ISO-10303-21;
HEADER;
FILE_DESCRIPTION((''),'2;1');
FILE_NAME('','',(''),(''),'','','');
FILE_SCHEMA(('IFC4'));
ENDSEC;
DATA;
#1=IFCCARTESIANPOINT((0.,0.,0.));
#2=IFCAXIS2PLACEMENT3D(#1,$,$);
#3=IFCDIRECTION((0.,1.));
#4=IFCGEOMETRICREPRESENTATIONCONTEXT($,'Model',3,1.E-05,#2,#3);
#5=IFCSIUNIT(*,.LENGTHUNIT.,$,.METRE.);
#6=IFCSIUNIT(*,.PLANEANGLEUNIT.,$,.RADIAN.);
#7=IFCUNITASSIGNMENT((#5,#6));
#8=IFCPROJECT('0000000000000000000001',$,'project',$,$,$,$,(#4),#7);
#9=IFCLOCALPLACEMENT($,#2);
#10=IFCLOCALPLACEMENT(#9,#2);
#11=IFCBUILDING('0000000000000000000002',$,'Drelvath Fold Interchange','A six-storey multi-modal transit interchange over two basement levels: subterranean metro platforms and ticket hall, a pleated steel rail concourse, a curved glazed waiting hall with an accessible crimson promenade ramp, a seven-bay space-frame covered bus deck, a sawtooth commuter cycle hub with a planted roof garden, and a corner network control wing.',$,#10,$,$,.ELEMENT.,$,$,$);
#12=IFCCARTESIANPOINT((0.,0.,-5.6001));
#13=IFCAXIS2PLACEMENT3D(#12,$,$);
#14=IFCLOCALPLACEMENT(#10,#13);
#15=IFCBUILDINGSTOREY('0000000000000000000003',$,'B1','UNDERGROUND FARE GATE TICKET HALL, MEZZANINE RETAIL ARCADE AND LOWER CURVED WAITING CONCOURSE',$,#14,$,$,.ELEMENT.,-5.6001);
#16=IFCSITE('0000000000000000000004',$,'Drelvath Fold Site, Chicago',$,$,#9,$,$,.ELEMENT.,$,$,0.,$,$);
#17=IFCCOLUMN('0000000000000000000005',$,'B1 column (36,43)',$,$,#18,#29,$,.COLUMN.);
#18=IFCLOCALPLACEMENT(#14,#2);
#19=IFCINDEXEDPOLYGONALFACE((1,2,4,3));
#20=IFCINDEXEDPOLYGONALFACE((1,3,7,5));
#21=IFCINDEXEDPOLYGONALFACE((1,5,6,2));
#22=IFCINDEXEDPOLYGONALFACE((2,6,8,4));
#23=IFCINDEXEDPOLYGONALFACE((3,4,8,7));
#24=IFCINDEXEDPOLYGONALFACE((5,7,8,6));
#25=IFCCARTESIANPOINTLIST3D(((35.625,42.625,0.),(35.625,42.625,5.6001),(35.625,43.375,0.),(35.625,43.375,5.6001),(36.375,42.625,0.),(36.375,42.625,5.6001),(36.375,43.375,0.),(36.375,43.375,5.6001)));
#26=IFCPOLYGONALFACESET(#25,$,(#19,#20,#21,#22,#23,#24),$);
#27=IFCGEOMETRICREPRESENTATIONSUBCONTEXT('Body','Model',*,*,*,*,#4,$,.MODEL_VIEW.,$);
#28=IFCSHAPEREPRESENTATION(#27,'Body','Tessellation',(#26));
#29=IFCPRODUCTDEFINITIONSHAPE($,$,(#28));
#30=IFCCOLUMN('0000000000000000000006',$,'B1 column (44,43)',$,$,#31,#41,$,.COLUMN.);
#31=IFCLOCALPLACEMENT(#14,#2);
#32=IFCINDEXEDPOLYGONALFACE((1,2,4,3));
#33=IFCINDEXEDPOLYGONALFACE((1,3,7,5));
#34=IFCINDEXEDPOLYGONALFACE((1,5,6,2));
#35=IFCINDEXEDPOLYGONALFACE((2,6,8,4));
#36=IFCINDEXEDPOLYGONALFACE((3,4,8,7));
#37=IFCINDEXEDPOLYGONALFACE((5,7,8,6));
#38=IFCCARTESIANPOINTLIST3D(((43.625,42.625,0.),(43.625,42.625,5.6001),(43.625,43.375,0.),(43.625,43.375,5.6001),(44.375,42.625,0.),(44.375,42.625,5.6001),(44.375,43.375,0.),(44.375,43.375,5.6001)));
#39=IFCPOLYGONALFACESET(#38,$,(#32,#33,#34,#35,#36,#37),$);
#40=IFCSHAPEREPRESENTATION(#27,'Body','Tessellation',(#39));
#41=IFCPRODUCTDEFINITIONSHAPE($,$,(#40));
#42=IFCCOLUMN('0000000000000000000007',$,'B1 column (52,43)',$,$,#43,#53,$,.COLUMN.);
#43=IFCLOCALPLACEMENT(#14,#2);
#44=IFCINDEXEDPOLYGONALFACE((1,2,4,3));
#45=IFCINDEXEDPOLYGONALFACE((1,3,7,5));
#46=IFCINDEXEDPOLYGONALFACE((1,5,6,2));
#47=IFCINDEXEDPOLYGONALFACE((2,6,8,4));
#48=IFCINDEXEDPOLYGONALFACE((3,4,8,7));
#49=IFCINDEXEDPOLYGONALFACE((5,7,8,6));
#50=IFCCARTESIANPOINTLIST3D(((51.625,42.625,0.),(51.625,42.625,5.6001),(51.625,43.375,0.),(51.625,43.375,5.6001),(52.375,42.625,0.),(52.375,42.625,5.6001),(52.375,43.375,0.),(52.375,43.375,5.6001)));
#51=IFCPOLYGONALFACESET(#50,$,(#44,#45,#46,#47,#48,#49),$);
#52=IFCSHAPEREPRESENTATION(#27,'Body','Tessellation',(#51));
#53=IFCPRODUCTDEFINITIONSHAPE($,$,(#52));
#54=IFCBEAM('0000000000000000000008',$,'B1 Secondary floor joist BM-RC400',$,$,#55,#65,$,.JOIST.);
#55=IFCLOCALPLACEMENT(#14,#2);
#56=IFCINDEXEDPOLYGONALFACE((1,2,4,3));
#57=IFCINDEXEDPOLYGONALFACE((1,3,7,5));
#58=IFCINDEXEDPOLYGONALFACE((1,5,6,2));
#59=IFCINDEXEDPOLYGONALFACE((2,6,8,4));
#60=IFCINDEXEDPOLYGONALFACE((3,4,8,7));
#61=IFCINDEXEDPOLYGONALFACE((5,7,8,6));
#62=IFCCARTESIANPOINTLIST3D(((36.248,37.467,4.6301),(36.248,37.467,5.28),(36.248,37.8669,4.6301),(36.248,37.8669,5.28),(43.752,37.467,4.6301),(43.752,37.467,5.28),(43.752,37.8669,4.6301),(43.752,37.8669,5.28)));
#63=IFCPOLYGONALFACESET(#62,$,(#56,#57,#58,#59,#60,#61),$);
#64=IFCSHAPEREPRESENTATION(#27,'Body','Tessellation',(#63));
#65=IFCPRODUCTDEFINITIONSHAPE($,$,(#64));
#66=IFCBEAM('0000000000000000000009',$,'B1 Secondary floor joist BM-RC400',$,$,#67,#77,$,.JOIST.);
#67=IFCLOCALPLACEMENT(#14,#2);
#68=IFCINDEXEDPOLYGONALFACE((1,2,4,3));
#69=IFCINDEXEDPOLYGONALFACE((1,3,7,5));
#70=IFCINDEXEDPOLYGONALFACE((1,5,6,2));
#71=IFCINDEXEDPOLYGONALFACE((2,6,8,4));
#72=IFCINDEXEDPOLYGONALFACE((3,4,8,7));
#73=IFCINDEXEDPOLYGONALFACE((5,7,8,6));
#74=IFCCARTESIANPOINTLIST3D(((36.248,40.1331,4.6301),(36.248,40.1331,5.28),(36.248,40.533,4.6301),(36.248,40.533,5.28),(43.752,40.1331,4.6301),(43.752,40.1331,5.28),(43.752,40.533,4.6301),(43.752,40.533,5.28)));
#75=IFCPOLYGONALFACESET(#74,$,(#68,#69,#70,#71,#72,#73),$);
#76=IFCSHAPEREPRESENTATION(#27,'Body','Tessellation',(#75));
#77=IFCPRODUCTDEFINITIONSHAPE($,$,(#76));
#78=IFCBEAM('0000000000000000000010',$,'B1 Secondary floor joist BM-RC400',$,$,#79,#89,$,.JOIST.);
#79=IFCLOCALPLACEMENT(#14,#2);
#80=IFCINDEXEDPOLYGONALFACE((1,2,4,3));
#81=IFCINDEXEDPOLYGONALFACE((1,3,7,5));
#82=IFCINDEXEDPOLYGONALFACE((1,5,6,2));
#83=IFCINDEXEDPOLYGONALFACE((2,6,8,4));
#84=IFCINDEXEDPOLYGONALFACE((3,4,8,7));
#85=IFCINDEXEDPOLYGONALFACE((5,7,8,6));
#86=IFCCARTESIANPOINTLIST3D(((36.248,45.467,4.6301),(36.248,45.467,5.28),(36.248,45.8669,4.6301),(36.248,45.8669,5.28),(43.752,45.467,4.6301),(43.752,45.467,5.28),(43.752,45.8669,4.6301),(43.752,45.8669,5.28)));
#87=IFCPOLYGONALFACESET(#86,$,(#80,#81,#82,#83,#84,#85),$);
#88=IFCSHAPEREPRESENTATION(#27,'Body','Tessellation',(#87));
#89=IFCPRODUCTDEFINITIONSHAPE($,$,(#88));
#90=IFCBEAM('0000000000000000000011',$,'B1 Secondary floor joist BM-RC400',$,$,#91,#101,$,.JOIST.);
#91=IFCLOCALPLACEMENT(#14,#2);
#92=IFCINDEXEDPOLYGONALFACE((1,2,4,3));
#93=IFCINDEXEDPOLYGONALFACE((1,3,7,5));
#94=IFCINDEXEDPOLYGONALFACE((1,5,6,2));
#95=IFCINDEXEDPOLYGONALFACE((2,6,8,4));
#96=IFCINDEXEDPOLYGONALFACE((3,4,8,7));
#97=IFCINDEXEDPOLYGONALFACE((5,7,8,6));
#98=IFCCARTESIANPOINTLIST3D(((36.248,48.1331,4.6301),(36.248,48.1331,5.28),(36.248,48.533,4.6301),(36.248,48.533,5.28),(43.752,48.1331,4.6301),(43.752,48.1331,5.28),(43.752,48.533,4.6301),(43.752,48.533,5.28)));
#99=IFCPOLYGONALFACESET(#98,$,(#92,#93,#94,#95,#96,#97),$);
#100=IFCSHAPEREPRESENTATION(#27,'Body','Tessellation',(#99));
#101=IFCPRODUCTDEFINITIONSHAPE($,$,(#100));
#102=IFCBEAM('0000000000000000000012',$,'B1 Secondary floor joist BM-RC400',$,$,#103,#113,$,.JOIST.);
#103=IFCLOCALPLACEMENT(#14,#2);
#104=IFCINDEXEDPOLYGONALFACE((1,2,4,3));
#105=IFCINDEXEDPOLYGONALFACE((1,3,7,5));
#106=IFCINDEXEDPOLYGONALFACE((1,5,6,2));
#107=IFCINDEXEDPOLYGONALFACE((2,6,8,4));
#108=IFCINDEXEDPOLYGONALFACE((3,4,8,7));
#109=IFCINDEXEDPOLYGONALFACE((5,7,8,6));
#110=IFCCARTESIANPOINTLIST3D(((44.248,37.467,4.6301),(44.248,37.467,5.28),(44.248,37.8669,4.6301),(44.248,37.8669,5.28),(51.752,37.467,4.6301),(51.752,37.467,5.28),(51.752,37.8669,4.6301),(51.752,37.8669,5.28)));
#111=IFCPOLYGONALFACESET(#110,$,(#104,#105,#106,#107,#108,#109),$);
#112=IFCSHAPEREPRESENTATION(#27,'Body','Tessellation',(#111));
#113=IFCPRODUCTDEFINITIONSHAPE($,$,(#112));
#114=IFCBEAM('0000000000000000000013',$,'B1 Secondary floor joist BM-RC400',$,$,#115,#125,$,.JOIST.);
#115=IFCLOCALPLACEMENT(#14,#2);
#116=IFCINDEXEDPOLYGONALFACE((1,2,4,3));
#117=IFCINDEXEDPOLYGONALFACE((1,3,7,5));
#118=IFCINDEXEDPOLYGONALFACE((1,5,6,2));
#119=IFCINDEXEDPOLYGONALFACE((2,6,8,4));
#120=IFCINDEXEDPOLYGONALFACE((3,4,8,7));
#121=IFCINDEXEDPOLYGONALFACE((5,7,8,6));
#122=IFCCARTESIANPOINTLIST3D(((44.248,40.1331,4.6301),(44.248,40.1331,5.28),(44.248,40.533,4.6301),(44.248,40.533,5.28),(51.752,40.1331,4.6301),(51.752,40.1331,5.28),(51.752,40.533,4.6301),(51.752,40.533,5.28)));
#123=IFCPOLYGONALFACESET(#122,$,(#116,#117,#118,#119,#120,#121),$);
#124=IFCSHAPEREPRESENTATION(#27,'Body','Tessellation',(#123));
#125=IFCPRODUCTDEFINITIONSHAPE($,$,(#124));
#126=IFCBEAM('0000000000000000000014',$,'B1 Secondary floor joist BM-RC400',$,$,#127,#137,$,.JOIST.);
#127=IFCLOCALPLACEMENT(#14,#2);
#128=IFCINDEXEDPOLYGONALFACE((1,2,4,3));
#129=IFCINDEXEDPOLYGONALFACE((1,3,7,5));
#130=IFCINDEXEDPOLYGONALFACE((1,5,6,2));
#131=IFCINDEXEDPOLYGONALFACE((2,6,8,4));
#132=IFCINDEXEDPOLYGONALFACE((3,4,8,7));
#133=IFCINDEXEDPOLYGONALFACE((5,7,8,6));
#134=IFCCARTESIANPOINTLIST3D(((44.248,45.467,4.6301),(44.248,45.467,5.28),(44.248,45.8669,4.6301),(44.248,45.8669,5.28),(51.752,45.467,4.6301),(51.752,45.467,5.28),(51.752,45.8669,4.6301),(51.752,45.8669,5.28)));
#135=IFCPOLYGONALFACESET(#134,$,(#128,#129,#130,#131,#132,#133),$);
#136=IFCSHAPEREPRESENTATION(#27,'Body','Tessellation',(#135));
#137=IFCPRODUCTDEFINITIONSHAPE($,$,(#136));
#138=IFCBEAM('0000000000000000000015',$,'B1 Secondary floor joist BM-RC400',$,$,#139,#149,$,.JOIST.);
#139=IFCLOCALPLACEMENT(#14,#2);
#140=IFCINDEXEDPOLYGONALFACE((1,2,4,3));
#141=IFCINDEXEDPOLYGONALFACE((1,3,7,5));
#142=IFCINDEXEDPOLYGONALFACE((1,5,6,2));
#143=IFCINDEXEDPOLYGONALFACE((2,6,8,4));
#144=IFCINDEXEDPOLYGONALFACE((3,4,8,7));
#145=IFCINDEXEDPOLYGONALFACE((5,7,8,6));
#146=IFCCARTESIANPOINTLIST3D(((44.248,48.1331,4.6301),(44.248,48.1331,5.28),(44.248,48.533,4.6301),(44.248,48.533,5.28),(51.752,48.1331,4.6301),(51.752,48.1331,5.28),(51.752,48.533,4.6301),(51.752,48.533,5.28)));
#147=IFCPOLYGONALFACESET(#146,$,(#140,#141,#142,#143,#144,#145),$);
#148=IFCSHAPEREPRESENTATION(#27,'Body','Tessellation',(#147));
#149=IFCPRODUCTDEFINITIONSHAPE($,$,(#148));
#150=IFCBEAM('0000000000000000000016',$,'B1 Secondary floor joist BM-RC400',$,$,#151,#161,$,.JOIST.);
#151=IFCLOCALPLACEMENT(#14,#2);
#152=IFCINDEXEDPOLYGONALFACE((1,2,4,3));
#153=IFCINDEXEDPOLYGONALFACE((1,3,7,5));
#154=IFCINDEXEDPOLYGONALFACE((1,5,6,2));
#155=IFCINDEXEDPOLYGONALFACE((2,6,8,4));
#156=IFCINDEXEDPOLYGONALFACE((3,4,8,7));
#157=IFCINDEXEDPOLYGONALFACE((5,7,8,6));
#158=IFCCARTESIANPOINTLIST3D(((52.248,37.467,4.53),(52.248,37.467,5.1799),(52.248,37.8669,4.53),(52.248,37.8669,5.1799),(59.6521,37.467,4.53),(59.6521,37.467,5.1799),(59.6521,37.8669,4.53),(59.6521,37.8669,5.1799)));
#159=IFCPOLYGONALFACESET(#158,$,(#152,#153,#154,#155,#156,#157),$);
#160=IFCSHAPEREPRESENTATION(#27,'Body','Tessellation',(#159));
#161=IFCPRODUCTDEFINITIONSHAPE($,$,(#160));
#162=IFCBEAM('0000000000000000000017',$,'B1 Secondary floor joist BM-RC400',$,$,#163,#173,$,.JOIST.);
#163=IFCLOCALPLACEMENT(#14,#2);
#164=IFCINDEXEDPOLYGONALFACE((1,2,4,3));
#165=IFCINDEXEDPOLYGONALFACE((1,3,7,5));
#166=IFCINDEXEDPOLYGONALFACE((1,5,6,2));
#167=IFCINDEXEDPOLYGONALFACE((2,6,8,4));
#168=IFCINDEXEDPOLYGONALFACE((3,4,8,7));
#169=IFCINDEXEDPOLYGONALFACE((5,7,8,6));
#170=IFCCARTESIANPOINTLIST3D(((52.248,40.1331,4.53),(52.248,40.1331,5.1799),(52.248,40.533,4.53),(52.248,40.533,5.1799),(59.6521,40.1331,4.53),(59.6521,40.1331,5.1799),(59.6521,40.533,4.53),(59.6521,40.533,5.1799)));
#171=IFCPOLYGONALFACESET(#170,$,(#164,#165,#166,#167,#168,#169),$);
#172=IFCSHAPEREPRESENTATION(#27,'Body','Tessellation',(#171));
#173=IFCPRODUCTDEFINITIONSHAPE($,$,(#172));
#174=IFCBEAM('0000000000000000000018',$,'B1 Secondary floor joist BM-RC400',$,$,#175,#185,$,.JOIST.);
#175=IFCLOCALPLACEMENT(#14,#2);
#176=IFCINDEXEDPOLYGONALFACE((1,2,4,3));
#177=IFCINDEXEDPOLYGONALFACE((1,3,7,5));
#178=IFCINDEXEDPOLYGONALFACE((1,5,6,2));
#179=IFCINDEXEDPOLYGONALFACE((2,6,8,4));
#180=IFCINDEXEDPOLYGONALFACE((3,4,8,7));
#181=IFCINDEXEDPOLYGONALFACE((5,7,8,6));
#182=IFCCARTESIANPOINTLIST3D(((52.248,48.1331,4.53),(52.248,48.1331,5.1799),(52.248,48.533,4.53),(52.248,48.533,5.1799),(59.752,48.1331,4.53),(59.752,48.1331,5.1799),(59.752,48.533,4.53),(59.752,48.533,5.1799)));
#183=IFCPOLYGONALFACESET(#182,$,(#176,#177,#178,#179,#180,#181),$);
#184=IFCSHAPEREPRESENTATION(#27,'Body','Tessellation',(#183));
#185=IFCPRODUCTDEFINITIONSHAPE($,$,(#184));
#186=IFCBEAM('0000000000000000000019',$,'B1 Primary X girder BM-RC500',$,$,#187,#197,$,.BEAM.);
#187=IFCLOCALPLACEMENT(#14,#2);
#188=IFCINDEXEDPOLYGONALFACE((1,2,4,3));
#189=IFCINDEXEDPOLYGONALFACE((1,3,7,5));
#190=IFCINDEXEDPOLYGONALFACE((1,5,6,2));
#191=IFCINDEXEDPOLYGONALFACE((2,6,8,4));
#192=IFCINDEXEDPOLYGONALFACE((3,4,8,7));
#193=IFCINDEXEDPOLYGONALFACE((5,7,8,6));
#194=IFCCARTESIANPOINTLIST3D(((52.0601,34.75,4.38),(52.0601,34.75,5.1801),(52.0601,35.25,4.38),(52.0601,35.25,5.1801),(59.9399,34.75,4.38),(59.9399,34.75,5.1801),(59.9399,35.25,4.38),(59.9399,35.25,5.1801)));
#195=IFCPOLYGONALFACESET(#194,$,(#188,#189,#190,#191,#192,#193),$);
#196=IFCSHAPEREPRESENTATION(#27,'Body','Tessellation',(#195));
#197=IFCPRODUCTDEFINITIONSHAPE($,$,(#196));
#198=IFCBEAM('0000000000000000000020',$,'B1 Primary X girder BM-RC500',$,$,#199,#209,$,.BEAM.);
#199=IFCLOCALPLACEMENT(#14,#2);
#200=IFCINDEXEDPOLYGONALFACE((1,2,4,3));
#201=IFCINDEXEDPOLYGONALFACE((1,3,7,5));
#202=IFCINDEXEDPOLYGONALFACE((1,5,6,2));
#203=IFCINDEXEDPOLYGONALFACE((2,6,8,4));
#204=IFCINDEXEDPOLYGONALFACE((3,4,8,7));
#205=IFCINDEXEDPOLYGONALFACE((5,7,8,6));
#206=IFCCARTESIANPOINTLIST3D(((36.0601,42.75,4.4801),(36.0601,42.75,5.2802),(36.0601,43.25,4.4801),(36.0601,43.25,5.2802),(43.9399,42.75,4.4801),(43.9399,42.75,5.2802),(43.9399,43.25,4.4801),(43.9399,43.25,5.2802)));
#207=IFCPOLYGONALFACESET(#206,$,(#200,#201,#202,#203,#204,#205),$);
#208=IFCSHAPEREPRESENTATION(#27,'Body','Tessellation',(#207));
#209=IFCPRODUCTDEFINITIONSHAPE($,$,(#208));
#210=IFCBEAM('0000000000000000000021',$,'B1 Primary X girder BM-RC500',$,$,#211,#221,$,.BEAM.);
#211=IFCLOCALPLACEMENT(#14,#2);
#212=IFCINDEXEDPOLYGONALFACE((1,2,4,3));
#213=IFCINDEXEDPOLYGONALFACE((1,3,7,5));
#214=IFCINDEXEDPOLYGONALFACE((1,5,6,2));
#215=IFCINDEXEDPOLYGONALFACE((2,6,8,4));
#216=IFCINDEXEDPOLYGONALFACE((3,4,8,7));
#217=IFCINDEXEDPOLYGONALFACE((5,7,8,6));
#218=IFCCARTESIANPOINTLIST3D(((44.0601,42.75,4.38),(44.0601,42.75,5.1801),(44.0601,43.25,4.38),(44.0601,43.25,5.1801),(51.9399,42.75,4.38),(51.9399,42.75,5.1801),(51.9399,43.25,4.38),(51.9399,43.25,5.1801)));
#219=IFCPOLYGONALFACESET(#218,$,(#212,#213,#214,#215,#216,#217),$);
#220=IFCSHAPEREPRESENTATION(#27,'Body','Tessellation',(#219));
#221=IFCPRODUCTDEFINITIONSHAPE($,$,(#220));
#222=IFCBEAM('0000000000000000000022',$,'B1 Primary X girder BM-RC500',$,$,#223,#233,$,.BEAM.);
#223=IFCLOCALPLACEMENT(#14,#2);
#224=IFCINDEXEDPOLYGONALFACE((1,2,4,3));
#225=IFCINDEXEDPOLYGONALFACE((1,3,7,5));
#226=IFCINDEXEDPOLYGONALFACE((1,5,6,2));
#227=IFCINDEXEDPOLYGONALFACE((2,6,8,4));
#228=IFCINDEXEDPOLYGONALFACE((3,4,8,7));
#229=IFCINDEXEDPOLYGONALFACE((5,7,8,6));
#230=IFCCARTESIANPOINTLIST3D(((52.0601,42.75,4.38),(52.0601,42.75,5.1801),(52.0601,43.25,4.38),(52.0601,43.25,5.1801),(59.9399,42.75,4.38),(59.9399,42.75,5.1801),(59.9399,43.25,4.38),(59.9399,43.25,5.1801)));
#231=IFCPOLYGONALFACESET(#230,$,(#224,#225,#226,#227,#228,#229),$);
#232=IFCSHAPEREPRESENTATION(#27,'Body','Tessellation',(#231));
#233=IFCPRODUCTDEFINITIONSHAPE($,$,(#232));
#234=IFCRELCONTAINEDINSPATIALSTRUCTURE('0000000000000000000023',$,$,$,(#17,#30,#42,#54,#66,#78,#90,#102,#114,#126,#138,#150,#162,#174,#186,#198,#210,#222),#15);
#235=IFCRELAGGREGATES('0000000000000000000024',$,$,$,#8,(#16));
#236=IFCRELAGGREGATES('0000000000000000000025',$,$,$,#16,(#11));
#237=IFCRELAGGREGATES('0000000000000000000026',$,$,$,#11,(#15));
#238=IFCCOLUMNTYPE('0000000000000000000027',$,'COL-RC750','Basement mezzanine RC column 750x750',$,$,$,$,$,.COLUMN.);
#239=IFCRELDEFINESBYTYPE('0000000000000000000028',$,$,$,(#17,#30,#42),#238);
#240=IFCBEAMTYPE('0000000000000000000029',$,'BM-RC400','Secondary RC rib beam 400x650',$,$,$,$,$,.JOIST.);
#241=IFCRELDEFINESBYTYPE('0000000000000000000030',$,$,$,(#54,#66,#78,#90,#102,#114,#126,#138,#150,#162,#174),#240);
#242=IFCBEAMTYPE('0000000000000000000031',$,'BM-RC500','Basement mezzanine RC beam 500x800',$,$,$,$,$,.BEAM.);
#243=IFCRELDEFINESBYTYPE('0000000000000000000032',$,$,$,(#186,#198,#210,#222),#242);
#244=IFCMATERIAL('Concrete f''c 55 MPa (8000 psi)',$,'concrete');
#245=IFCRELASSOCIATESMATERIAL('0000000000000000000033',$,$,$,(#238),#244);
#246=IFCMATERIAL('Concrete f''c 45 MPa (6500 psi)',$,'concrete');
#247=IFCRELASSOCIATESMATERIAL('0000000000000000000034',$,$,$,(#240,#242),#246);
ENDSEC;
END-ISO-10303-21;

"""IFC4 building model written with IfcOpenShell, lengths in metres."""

from ifc_helpers import new_model, si_unit, direction, frame, origin, origin_2d, place, context, subcontext, project, spatial, rectangle, extrude, material, material_profile, profile_set, type_object, element, save


model = new_model("IFC4")

# Units and contexts
model_context = context("Model", 3, precision=1e-05, world=origin(), true_north=direction((0.0, 1.0)))
body_context = subcontext(model_context, "Body", "Model", "MODEL_VIEW")
ifc_project = project(units=[si_unit("LENGTHUNIT", "METRE"), si_unit("PLANEANGLEUNIT", "RADIAN")], contexts=[model_context])

# Site, building, storey
site_placement = place(None, origin())
site = spatial("IfcSite", under=ifc_project, at=site_placement, Name="Drelvath Fold Site, Chicago", CompositionType="ELEMENT", RefElevation=0.0)
building_placement = place(site_placement, origin())
building = spatial("IfcBuilding", under=site, at=building_placement, Name="Drelvath Fold Interchange", Description="A six-storey multi-modal transit interchange over two basement levels: subterranean metro platforms and ticket hall, a pleated steel rail concourse, a curved glazed waiting hall with an accessible crimson promenade ramp, a seven-bay space-frame covered bus deck, a sawtooth commuter cycle hub with a planted roof garden, and a corner network control wing.", CompositionType="ELEMENT")
storey_placement = place(building_placement, frame((0.0, 0.0, -5.6001)))
storey = spatial("IfcBuildingStorey", under=building, at=storey_placement, Name="B1", Description="UNDERGROUND FARE GATE TICKET HALL, MEZZANINE RETAIL ARCADE AND LOWER CURVED WAITING CONCOURSE", CompositionType="ELEMENT", Elevation=-5.6001)

# Columns
ifc_material_1 = material(Name="Concrete f'c 55 MPa (8000 psi)", Category="concrete")
ifc_material_profile_1 = material_profile(ifc_material_1, rectangle(XDim=0.75, YDim=0.75, at=origin_2d()), Name="RC 750x750")
ifc_profile_set_1 = profile_set([ifc_material_profile_1], Name="Concrete f'c 55 MPa (8000 psi)")
column_type = type_object("IfcColumnType", Name="COL-RC750", Description="Basement mezzanine RC column 750x750", PredefinedType="COLUMN", material=ifc_profile_set_1)
for number, where, z_axis, x_axis, name in (
    (1, (36.0, 43.0, 0.0), (0.0, 0.0, 1.0), (1.0, 0.0, 0.0), "B1 column (36,43)"),
    (2, (44.0, 43.0, 0.0), (0.0, 0.0, 1.0), (1.0, 0.0, 0.0), "B1 column (44,43)"),
    (3, (52.0, 43.0, 0.0), (0.0, 0.0, 1.0), (1.0, 0.0, 0.0), "B1 column (52,43)"),
):
    element("IfcColumn", number, at=place(storey_placement, frame(where, z_axis=z_axis, x_axis=x_axis)), inside=storey, type_object=column_type, Name=name, PredefinedType="COLUMN", context=body_context, shape_type="SweptSolid", body=[
        extrude(rectangle(XDim=0.75, YDim=0.75, at=origin_2d()), origin(), (0.0, 0.0, 1.0), 5.6001),
    ])

# Beams
ifc_material_2 = material(Name="Concrete f'c 45 MPa (6500 psi)", Category="concrete")
ifc_material_profile_2 = material_profile(ifc_material_2, rectangle(XDim=0.3999, YDim=0.6499, at=origin_2d()), Name="RC 400x650")
ifc_profile_set_2 = profile_set([ifc_material_profile_2], Name="Concrete f'c 45 MPa (6500 psi)")
beam_type_1 = type_object("IfcBeamType", Name="BM-RC400", Description="Secondary RC rib beam 400x650", PredefinedType="JOIST", material=ifc_profile_set_2)
for number, where, z_axis, x_axis, name in (
    (4, (36.248, 37.667, 4.9551), (1.0, 0.0, 0.0), (0.0, 1.0, 0.0), "B1 Secondary floor joist BM-RC400"),
    (5, (36.248, 40.333, 4.9551), (1.0, 0.0, 0.0), (0.0, 1.0, 0.0), "B1 Secondary floor joist BM-RC400"),
    (6, (36.248, 45.667, 4.9551), (1.0, 0.0, 0.0), (0.0, 1.0, 0.0), "B1 Secondary floor joist BM-RC400"),
    (7, (36.248, 48.333, 4.9551), (1.0, 0.0, 0.0), (0.0, 1.0, 0.0), "B1 Secondary floor joist BM-RC400"),
    (8, (44.248, 37.667, 4.9551), (1.0, 0.0, 0.0), (0.0, 1.0, 0.0), "B1 Secondary floor joist BM-RC400"),
    (9, (44.248, 40.333, 4.9551), (1.0, 0.0, 0.0), (0.0, 1.0, 0.0), "B1 Secondary floor joist BM-RC400"),
    (10, (44.248, 45.667, 4.9551), (1.0, 0.0, 0.0), (0.0, 1.0, 0.0), "B1 Secondary floor joist BM-RC400"),
    (11, (44.248, 48.333, 4.9551), (1.0, 0.0, 0.0), (0.0, 1.0, 0.0), "B1 Secondary floor joist BM-RC400"),
):
    element("IfcBeam", number, at=place(storey_placement, frame(where, z_axis=z_axis, x_axis=x_axis)), inside=storey, type_object=beam_type_1, Name=name, PredefinedType="JOIST", context=body_context, shape_type="SweptSolid", body=[
        extrude(rectangle(XDim=0.3999, YDim=0.6499, at=origin_2d()), origin(), (0.0, 0.0, 1.0), 7.5039),
    ])
for number, where, z_axis, x_axis, name in (
    (12, (52.248, 37.667, 4.855), (1.0, 0.0, 0.0), (0.0, 1.0, 0.0), "B1 Secondary floor joist BM-RC400"),
    (13, (52.248, 40.333, 4.855), (1.0, 0.0, 0.0), (0.0, 1.0, 0.0), "B1 Secondary floor joist BM-RC400"),
):
    element("IfcBeam", number, at=place(storey_placement, frame(where, z_axis=z_axis, x_axis=x_axis)), inside=storey, type_object=beam_type_1, Name=name, PredefinedType="JOIST", context=body_context, shape_type="SweptSolid", body=[
        extrude(rectangle(XDim=0.3999, YDim=0.6499, at=origin_2d()), origin(), (0.0, 0.0, 1.0), 7.4041),
    ])
beam_placement = place(storey_placement, frame((52.248, 48.333, 4.855), z_axis=(1.0, 0.0, 0.0), x_axis=(0.0, 1.0, 0.0)))
element("IfcBeam", 14, at=beam_placement, inside=storey, type_object=beam_type_1, Name="B1 Secondary floor joist BM-RC400", PredefinedType="JOIST", context=body_context, shape_type="SweptSolid", body=[
    extrude(rectangle(XDim=0.3999, YDim=0.6499, at=origin_2d()), origin(), (0.0, 0.0, 1.0), 7.5039),
])
ifc_material_profile_3 = material_profile(ifc_material_2, rectangle(XDim=0.5, YDim=0.8, at=origin_2d()), Name="RC 500x800")
ifc_profile_set_3 = profile_set([ifc_material_profile_3], Name="Concrete f'c 45 MPa (6500 psi)")
beam_type_2 = type_object("IfcBeamType", Name="BM-RC500", Description="Basement mezzanine RC beam 500x800", PredefinedType="BEAM", material=ifc_profile_set_3)
for number, where, z_axis, x_axis, name in (
    (15, (52.0601, 35.0, 4.78), (1.0, 0.0, 0.0), (0.0, 1.0, 0.0), "B1 Primary X girder BM-RC500"),
    (16, (36.0601, 43.0, 4.8801), (1.0, 0.0, 0.0), (0.0, 1.0, 0.0), "B1 Primary X girder BM-RC500"),
    (17, (44.0601, 43.0, 4.78), (1.0, 0.0, 0.0), (0.0, 1.0, 0.0), "B1 Primary X girder BM-RC500"),
    (18, (52.0601, 43.0, 4.78), (1.0, 0.0, 0.0), (0.0, 1.0, 0.0), "B1 Primary X girder BM-RC500"),
):
    element("IfcBeam", number, at=place(storey_placement, frame(where, z_axis=z_axis, x_axis=x_axis)), inside=storey, type_object=beam_type_2, Name=name, PredefinedType="BEAM", context=body_context, shape_type="SweptSolid", body=[
        extrude(rectangle(XDim=0.5, YDim=0.8, at=origin_2d()), origin(), (0.0, 0.0, 1.0), 7.8799),
    ])

save(model, "model.ifc")
